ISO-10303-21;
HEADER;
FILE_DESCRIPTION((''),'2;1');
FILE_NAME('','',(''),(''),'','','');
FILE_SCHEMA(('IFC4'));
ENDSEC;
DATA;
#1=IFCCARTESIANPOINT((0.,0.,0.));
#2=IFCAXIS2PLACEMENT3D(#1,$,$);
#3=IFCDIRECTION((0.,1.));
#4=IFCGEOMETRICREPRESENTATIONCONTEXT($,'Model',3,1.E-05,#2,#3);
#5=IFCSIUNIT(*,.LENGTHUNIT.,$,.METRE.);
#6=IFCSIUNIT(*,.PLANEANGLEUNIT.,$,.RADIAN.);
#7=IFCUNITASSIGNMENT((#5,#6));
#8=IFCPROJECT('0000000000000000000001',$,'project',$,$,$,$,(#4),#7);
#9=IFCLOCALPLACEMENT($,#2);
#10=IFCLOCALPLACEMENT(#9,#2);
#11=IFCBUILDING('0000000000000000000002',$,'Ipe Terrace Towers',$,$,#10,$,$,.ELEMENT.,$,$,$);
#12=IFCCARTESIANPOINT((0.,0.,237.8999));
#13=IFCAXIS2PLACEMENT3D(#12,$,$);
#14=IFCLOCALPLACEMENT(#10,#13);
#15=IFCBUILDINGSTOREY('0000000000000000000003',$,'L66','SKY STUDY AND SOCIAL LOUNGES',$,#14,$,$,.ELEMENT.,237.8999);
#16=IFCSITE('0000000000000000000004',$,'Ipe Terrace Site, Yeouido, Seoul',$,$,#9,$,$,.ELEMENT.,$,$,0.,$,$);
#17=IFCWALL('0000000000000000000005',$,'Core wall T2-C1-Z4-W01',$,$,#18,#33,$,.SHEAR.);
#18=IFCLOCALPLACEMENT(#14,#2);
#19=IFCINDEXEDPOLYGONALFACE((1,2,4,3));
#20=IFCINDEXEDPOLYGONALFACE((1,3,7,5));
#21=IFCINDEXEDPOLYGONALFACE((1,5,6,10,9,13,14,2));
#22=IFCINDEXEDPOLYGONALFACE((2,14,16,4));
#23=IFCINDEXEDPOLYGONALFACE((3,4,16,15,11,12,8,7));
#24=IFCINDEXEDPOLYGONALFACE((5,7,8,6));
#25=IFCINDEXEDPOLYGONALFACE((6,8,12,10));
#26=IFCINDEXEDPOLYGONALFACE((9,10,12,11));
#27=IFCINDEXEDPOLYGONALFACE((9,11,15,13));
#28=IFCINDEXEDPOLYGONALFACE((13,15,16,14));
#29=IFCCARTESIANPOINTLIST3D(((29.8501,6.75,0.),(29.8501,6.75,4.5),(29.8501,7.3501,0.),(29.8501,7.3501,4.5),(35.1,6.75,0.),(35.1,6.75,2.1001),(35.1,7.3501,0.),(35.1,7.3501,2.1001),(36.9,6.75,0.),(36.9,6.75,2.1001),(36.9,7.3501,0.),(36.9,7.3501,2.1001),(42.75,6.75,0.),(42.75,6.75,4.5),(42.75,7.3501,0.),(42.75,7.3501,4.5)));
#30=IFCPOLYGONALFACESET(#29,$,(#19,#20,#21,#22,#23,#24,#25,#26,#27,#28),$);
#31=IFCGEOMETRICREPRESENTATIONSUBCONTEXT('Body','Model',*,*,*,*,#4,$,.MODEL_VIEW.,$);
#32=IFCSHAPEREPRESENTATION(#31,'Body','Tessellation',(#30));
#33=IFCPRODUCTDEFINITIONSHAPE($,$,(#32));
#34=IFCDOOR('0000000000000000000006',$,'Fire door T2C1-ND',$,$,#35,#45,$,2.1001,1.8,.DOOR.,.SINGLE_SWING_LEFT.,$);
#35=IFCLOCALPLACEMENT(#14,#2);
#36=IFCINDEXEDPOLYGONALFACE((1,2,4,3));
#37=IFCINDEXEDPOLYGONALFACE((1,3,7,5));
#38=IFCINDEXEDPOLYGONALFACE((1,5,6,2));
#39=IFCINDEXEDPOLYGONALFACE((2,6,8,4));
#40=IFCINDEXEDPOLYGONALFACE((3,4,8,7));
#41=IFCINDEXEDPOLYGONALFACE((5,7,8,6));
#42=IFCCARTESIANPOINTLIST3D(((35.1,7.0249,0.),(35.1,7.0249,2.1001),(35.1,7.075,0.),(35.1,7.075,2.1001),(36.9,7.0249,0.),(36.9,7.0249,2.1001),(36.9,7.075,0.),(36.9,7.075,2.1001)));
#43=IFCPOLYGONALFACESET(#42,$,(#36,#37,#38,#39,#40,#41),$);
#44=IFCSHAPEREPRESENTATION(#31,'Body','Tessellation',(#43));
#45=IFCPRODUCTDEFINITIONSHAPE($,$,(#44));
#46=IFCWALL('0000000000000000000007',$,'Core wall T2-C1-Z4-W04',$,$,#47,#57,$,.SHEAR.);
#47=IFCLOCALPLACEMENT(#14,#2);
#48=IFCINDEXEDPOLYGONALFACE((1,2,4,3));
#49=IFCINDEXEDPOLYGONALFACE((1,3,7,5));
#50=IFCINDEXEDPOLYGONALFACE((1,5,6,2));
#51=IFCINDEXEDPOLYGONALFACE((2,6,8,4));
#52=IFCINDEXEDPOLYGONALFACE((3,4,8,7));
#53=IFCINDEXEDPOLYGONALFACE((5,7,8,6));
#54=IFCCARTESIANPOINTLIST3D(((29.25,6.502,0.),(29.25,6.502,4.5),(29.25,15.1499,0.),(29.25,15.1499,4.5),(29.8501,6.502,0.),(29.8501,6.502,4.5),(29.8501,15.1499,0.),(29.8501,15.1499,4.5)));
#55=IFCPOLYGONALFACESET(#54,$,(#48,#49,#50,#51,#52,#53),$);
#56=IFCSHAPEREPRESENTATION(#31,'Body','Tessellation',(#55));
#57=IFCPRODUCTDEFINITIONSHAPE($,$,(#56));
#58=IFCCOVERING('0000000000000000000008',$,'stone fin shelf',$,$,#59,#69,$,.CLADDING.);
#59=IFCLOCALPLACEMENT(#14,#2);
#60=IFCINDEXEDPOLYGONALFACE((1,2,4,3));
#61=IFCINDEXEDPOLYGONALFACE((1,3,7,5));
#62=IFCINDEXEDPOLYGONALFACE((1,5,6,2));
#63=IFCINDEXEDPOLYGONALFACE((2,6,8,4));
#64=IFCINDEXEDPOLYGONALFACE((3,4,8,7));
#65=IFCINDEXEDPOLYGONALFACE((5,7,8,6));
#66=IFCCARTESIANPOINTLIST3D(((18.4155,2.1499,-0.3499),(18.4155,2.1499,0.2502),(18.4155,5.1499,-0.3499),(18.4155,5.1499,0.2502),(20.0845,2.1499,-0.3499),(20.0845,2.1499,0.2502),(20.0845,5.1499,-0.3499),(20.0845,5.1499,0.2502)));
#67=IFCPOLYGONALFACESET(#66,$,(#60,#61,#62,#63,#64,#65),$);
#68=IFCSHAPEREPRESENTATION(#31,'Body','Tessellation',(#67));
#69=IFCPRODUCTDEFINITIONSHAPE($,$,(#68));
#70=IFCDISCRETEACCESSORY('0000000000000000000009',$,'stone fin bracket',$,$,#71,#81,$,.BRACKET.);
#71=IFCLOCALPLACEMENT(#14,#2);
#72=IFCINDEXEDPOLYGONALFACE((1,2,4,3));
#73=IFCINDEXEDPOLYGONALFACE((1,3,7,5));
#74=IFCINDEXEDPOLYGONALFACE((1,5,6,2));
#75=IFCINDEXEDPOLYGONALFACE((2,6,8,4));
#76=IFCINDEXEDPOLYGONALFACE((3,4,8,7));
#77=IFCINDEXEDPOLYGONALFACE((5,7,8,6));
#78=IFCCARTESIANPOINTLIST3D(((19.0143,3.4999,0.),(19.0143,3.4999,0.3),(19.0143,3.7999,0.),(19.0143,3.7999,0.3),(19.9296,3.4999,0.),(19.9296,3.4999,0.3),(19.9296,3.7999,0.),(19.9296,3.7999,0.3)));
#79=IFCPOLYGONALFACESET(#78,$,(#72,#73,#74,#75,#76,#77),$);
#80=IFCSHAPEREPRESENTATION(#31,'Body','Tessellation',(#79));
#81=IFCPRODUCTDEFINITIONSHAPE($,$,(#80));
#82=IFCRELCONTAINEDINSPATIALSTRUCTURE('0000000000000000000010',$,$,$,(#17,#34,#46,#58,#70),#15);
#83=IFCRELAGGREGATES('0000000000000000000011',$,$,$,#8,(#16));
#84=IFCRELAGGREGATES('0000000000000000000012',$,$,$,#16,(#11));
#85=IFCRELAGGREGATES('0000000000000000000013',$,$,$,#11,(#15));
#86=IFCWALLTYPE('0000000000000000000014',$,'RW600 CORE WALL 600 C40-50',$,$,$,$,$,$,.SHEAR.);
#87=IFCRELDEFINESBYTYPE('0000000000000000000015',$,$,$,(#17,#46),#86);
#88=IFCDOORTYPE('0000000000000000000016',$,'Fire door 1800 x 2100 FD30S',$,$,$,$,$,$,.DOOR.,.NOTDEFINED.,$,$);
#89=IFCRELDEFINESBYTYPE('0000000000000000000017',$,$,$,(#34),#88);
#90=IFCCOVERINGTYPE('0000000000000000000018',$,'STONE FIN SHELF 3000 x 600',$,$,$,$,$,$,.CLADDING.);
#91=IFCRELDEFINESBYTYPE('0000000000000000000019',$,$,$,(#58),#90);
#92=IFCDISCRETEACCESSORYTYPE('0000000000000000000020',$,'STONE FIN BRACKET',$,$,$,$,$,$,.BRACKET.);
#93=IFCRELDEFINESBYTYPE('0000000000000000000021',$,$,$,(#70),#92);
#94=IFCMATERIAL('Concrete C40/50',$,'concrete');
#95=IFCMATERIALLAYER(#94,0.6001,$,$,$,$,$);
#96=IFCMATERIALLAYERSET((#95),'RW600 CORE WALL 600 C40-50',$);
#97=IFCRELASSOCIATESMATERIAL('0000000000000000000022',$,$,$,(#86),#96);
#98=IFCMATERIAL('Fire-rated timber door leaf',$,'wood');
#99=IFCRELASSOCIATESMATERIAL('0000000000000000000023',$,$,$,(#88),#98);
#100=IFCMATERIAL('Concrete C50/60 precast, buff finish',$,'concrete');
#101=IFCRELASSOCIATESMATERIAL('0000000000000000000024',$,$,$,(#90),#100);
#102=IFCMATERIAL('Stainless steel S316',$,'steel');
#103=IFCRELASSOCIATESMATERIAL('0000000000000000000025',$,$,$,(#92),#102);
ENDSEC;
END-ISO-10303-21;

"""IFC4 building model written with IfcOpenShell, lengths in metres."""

from ifc_helpers import new_model, si_unit, direction, frame, frame_2d, origin, origin_2d, place, context, subcontext, project, spatial, rectangle, extrude, material, layer, layer_set, type_object, element, fill, save


model = new_model("IFC4")

# Units and contexts
model_context = context("Model", 3, precision=1e-05, world=origin(), true_north=direction((0.0, 1.0)))
body_context = subcontext(model_context, "Body", "Model", "MODEL_VIEW")
ifc_project = project(units=[si_unit("LENGTHUNIT", "METRE"), si_unit("PLANEANGLEUNIT", "RADIAN")], contexts=[model_context])

# Site, building, storey
site_placement = place(None, origin())
site = spatial("IfcSite", under=ifc_project, at=site_placement, Name="Ipe Terrace Site, Yeouido, Seoul", CompositionType="ELEMENT", RefElevation=0.0)
building_placement = place(site_placement, origin())
building = spatial("IfcBuilding", under=site, at=building_placement, Name="Ipe Terrace Towers", CompositionType="ELEMENT")
storey_placement = place(building_placement, frame((0.0, 0.0, 237.8999)))
storey = spatial("IfcBuildingStorey", under=building, at=storey_placement, Name="L66", Description="SKY STUDY AND SOCIAL LOUNGES", CompositionType="ELEMENT", Elevation=237.8999)

# Wall, opening, door
ifc_material_1 = material(Name="Concrete C40/50", Category="concrete")
ifc_layer_1 = layer(ifc_material_1, 0.6001)
ifc_layer_set_1 = layer_set([ifc_layer_1], Name="RW600 CORE WALL 600 C40-50")
wall_type_1 = type_object("IfcWallType", Name="RW600 CORE WALL 600 C40-50", PredefinedType="SHEAR", material=ifc_layer_set_1)
wall_1_placement = place(storey_placement, frame((29.8501, 7.05, 0.0), z_axis=(0.0, 0.0, 1.0), x_axis=(1.0, 0.0, 0.0)))
wall_1 = element("IfcWall", 1, at=wall_1_placement, inside=storey, type_object=wall_type_1, Name="Core wall T2-C1-Z4-W01", PredefinedType="SHEAR", context=body_context, shape_type="SweptSolid", body=[
    extrude(rectangle(XDim=12.8999, YDim=0.6001, at=frame_2d((6.45, 0.0))), origin(), (0.0, 0.0, 1.0), 4.5),
])
opening_1_placement = place(wall_1_placement, frame((5.25, 0.0, 0.0)))
opening_1 = element("IfcOpeningElement", 2, at=opening_1_placement, cuts=wall_1, PredefinedType="OPENING", context=body_context, shape_type="SweptSolid", body=[
    extrude(rectangle(XDim=1.8, YDim=2.1001, at=frame_2d((0.8999, 1.05))), frame((0.0, 0.3101, 0.0), z_axis=(0.0, -1.0, 0.0), x_axis=(1.0, 0.0, 0.0)), (0.0, 0.0, 1.0), 0.6201),
])
ifc_material_2 = material(Name="Fire-rated timber door leaf", Category="wood")
door_type_1 = type_object("IfcDoorType", Name="Fire door 1800 x 2100 FD30S", OperationType="NOTDEFINED", PredefinedType="DOOR", material=ifc_material_2)
door_1_placement = place(opening_1_placement, origin())
door_1 = element("IfcDoor", 3, at=door_1_placement, inside=storey, type_object=door_type_1, Name="Fire door T2C1-ND", OperationType="SINGLE_SWING_LEFT", OverallHeight=2.1001, OverallWidth=1.8, PredefinedType="DOOR", context=body_context, shape_type="SweptSolid", body=[
    extrude(rectangle(XDim=1.8, YDim=2.1001, at=frame_2d((0.8999, 1.05))), frame((0.0, 0.0249, 0.0), z_axis=(0.0, -1.0, 0.0), x_axis=(1.0, 0.0, 0.0)), (0.0, 0.0, 1.0), 0.05),
])
fill(opening_1, door_1)

# Wall
wall_2_placement = place(storey_placement, frame((29.55, 15.1499, 0.0), z_axis=(0.0, 0.0, 1.0), x_axis=(0.0, -1.0, 0.0)))
element("IfcWall", 4, at=wall_2_placement, inside=storey, type_object=wall_type_1, Name="Core wall T2-C1-Z4-W04", PredefinedType="SHEAR", context=body_context, shape_type="SweptSolid", body=[
    extrude(rectangle(XDim=8.6479, YDim=0.6001, at=frame_2d((4.324, 0.0))), origin(), (0.0, 0.0, 1.0), 4.5),
])

# Covering
ifc_material_3 = material(Name="Concrete C50/60 precast, buff finish", Category="concrete")
covering_type = type_object("IfcCoveringType", Name="STONE FIN SHELF 3000 x 600", PredefinedType="CLADDING", material=ifc_material_3)
covering_placement = place(storey_placement, frame((19.25, 3.6499, -0.3499), z_axis=(0.0, 0.0, 1.0), x_axis=(0.0, -1.0, 0.0)))
element("IfcCovering", 5, at=covering_placement, inside=storey, type_object=covering_type, Name="stone fin shelf", PredefinedType="CLADDING", context=body_context, shape_type="SweptSolid", body=[
    extrude(rectangle(XDim=3.0, YDim=1.6689, at=origin_2d()), origin(), (0.0, 0.0, 1.0), 0.6001),
])

# Discrete accessory
ifc_material_4 = material(Name="Stainless steel S316", Category="steel")
discrete_accessory_type = type_object("IfcDiscreteAccessoryType", Name="STONE FIN BRACKET", PredefinedType="BRACKET", material=ifc_material_4)
discrete_accessory_placement = place(storey_placement, frame((19.4719, 3.6499, 0.0), z_axis=(0.0, 0.0, 1.0), x_axis=(0.0, -1.0, 0.0)))
element("IfcDiscreteAccessory", 6, at=discrete_accessory_placement, inside=storey, type_object=discrete_accessory_type, Name="stone fin bracket", PredefinedType="BRACKET", context=body_context, shape_type="SweptSolid", body=[
    extrude(rectangle(XDim=0.3, YDim=0.9153, at=origin_2d()), origin(), (0.0, 0.0, 1.0), 0.3),
])

save(model, "model.ifc")
